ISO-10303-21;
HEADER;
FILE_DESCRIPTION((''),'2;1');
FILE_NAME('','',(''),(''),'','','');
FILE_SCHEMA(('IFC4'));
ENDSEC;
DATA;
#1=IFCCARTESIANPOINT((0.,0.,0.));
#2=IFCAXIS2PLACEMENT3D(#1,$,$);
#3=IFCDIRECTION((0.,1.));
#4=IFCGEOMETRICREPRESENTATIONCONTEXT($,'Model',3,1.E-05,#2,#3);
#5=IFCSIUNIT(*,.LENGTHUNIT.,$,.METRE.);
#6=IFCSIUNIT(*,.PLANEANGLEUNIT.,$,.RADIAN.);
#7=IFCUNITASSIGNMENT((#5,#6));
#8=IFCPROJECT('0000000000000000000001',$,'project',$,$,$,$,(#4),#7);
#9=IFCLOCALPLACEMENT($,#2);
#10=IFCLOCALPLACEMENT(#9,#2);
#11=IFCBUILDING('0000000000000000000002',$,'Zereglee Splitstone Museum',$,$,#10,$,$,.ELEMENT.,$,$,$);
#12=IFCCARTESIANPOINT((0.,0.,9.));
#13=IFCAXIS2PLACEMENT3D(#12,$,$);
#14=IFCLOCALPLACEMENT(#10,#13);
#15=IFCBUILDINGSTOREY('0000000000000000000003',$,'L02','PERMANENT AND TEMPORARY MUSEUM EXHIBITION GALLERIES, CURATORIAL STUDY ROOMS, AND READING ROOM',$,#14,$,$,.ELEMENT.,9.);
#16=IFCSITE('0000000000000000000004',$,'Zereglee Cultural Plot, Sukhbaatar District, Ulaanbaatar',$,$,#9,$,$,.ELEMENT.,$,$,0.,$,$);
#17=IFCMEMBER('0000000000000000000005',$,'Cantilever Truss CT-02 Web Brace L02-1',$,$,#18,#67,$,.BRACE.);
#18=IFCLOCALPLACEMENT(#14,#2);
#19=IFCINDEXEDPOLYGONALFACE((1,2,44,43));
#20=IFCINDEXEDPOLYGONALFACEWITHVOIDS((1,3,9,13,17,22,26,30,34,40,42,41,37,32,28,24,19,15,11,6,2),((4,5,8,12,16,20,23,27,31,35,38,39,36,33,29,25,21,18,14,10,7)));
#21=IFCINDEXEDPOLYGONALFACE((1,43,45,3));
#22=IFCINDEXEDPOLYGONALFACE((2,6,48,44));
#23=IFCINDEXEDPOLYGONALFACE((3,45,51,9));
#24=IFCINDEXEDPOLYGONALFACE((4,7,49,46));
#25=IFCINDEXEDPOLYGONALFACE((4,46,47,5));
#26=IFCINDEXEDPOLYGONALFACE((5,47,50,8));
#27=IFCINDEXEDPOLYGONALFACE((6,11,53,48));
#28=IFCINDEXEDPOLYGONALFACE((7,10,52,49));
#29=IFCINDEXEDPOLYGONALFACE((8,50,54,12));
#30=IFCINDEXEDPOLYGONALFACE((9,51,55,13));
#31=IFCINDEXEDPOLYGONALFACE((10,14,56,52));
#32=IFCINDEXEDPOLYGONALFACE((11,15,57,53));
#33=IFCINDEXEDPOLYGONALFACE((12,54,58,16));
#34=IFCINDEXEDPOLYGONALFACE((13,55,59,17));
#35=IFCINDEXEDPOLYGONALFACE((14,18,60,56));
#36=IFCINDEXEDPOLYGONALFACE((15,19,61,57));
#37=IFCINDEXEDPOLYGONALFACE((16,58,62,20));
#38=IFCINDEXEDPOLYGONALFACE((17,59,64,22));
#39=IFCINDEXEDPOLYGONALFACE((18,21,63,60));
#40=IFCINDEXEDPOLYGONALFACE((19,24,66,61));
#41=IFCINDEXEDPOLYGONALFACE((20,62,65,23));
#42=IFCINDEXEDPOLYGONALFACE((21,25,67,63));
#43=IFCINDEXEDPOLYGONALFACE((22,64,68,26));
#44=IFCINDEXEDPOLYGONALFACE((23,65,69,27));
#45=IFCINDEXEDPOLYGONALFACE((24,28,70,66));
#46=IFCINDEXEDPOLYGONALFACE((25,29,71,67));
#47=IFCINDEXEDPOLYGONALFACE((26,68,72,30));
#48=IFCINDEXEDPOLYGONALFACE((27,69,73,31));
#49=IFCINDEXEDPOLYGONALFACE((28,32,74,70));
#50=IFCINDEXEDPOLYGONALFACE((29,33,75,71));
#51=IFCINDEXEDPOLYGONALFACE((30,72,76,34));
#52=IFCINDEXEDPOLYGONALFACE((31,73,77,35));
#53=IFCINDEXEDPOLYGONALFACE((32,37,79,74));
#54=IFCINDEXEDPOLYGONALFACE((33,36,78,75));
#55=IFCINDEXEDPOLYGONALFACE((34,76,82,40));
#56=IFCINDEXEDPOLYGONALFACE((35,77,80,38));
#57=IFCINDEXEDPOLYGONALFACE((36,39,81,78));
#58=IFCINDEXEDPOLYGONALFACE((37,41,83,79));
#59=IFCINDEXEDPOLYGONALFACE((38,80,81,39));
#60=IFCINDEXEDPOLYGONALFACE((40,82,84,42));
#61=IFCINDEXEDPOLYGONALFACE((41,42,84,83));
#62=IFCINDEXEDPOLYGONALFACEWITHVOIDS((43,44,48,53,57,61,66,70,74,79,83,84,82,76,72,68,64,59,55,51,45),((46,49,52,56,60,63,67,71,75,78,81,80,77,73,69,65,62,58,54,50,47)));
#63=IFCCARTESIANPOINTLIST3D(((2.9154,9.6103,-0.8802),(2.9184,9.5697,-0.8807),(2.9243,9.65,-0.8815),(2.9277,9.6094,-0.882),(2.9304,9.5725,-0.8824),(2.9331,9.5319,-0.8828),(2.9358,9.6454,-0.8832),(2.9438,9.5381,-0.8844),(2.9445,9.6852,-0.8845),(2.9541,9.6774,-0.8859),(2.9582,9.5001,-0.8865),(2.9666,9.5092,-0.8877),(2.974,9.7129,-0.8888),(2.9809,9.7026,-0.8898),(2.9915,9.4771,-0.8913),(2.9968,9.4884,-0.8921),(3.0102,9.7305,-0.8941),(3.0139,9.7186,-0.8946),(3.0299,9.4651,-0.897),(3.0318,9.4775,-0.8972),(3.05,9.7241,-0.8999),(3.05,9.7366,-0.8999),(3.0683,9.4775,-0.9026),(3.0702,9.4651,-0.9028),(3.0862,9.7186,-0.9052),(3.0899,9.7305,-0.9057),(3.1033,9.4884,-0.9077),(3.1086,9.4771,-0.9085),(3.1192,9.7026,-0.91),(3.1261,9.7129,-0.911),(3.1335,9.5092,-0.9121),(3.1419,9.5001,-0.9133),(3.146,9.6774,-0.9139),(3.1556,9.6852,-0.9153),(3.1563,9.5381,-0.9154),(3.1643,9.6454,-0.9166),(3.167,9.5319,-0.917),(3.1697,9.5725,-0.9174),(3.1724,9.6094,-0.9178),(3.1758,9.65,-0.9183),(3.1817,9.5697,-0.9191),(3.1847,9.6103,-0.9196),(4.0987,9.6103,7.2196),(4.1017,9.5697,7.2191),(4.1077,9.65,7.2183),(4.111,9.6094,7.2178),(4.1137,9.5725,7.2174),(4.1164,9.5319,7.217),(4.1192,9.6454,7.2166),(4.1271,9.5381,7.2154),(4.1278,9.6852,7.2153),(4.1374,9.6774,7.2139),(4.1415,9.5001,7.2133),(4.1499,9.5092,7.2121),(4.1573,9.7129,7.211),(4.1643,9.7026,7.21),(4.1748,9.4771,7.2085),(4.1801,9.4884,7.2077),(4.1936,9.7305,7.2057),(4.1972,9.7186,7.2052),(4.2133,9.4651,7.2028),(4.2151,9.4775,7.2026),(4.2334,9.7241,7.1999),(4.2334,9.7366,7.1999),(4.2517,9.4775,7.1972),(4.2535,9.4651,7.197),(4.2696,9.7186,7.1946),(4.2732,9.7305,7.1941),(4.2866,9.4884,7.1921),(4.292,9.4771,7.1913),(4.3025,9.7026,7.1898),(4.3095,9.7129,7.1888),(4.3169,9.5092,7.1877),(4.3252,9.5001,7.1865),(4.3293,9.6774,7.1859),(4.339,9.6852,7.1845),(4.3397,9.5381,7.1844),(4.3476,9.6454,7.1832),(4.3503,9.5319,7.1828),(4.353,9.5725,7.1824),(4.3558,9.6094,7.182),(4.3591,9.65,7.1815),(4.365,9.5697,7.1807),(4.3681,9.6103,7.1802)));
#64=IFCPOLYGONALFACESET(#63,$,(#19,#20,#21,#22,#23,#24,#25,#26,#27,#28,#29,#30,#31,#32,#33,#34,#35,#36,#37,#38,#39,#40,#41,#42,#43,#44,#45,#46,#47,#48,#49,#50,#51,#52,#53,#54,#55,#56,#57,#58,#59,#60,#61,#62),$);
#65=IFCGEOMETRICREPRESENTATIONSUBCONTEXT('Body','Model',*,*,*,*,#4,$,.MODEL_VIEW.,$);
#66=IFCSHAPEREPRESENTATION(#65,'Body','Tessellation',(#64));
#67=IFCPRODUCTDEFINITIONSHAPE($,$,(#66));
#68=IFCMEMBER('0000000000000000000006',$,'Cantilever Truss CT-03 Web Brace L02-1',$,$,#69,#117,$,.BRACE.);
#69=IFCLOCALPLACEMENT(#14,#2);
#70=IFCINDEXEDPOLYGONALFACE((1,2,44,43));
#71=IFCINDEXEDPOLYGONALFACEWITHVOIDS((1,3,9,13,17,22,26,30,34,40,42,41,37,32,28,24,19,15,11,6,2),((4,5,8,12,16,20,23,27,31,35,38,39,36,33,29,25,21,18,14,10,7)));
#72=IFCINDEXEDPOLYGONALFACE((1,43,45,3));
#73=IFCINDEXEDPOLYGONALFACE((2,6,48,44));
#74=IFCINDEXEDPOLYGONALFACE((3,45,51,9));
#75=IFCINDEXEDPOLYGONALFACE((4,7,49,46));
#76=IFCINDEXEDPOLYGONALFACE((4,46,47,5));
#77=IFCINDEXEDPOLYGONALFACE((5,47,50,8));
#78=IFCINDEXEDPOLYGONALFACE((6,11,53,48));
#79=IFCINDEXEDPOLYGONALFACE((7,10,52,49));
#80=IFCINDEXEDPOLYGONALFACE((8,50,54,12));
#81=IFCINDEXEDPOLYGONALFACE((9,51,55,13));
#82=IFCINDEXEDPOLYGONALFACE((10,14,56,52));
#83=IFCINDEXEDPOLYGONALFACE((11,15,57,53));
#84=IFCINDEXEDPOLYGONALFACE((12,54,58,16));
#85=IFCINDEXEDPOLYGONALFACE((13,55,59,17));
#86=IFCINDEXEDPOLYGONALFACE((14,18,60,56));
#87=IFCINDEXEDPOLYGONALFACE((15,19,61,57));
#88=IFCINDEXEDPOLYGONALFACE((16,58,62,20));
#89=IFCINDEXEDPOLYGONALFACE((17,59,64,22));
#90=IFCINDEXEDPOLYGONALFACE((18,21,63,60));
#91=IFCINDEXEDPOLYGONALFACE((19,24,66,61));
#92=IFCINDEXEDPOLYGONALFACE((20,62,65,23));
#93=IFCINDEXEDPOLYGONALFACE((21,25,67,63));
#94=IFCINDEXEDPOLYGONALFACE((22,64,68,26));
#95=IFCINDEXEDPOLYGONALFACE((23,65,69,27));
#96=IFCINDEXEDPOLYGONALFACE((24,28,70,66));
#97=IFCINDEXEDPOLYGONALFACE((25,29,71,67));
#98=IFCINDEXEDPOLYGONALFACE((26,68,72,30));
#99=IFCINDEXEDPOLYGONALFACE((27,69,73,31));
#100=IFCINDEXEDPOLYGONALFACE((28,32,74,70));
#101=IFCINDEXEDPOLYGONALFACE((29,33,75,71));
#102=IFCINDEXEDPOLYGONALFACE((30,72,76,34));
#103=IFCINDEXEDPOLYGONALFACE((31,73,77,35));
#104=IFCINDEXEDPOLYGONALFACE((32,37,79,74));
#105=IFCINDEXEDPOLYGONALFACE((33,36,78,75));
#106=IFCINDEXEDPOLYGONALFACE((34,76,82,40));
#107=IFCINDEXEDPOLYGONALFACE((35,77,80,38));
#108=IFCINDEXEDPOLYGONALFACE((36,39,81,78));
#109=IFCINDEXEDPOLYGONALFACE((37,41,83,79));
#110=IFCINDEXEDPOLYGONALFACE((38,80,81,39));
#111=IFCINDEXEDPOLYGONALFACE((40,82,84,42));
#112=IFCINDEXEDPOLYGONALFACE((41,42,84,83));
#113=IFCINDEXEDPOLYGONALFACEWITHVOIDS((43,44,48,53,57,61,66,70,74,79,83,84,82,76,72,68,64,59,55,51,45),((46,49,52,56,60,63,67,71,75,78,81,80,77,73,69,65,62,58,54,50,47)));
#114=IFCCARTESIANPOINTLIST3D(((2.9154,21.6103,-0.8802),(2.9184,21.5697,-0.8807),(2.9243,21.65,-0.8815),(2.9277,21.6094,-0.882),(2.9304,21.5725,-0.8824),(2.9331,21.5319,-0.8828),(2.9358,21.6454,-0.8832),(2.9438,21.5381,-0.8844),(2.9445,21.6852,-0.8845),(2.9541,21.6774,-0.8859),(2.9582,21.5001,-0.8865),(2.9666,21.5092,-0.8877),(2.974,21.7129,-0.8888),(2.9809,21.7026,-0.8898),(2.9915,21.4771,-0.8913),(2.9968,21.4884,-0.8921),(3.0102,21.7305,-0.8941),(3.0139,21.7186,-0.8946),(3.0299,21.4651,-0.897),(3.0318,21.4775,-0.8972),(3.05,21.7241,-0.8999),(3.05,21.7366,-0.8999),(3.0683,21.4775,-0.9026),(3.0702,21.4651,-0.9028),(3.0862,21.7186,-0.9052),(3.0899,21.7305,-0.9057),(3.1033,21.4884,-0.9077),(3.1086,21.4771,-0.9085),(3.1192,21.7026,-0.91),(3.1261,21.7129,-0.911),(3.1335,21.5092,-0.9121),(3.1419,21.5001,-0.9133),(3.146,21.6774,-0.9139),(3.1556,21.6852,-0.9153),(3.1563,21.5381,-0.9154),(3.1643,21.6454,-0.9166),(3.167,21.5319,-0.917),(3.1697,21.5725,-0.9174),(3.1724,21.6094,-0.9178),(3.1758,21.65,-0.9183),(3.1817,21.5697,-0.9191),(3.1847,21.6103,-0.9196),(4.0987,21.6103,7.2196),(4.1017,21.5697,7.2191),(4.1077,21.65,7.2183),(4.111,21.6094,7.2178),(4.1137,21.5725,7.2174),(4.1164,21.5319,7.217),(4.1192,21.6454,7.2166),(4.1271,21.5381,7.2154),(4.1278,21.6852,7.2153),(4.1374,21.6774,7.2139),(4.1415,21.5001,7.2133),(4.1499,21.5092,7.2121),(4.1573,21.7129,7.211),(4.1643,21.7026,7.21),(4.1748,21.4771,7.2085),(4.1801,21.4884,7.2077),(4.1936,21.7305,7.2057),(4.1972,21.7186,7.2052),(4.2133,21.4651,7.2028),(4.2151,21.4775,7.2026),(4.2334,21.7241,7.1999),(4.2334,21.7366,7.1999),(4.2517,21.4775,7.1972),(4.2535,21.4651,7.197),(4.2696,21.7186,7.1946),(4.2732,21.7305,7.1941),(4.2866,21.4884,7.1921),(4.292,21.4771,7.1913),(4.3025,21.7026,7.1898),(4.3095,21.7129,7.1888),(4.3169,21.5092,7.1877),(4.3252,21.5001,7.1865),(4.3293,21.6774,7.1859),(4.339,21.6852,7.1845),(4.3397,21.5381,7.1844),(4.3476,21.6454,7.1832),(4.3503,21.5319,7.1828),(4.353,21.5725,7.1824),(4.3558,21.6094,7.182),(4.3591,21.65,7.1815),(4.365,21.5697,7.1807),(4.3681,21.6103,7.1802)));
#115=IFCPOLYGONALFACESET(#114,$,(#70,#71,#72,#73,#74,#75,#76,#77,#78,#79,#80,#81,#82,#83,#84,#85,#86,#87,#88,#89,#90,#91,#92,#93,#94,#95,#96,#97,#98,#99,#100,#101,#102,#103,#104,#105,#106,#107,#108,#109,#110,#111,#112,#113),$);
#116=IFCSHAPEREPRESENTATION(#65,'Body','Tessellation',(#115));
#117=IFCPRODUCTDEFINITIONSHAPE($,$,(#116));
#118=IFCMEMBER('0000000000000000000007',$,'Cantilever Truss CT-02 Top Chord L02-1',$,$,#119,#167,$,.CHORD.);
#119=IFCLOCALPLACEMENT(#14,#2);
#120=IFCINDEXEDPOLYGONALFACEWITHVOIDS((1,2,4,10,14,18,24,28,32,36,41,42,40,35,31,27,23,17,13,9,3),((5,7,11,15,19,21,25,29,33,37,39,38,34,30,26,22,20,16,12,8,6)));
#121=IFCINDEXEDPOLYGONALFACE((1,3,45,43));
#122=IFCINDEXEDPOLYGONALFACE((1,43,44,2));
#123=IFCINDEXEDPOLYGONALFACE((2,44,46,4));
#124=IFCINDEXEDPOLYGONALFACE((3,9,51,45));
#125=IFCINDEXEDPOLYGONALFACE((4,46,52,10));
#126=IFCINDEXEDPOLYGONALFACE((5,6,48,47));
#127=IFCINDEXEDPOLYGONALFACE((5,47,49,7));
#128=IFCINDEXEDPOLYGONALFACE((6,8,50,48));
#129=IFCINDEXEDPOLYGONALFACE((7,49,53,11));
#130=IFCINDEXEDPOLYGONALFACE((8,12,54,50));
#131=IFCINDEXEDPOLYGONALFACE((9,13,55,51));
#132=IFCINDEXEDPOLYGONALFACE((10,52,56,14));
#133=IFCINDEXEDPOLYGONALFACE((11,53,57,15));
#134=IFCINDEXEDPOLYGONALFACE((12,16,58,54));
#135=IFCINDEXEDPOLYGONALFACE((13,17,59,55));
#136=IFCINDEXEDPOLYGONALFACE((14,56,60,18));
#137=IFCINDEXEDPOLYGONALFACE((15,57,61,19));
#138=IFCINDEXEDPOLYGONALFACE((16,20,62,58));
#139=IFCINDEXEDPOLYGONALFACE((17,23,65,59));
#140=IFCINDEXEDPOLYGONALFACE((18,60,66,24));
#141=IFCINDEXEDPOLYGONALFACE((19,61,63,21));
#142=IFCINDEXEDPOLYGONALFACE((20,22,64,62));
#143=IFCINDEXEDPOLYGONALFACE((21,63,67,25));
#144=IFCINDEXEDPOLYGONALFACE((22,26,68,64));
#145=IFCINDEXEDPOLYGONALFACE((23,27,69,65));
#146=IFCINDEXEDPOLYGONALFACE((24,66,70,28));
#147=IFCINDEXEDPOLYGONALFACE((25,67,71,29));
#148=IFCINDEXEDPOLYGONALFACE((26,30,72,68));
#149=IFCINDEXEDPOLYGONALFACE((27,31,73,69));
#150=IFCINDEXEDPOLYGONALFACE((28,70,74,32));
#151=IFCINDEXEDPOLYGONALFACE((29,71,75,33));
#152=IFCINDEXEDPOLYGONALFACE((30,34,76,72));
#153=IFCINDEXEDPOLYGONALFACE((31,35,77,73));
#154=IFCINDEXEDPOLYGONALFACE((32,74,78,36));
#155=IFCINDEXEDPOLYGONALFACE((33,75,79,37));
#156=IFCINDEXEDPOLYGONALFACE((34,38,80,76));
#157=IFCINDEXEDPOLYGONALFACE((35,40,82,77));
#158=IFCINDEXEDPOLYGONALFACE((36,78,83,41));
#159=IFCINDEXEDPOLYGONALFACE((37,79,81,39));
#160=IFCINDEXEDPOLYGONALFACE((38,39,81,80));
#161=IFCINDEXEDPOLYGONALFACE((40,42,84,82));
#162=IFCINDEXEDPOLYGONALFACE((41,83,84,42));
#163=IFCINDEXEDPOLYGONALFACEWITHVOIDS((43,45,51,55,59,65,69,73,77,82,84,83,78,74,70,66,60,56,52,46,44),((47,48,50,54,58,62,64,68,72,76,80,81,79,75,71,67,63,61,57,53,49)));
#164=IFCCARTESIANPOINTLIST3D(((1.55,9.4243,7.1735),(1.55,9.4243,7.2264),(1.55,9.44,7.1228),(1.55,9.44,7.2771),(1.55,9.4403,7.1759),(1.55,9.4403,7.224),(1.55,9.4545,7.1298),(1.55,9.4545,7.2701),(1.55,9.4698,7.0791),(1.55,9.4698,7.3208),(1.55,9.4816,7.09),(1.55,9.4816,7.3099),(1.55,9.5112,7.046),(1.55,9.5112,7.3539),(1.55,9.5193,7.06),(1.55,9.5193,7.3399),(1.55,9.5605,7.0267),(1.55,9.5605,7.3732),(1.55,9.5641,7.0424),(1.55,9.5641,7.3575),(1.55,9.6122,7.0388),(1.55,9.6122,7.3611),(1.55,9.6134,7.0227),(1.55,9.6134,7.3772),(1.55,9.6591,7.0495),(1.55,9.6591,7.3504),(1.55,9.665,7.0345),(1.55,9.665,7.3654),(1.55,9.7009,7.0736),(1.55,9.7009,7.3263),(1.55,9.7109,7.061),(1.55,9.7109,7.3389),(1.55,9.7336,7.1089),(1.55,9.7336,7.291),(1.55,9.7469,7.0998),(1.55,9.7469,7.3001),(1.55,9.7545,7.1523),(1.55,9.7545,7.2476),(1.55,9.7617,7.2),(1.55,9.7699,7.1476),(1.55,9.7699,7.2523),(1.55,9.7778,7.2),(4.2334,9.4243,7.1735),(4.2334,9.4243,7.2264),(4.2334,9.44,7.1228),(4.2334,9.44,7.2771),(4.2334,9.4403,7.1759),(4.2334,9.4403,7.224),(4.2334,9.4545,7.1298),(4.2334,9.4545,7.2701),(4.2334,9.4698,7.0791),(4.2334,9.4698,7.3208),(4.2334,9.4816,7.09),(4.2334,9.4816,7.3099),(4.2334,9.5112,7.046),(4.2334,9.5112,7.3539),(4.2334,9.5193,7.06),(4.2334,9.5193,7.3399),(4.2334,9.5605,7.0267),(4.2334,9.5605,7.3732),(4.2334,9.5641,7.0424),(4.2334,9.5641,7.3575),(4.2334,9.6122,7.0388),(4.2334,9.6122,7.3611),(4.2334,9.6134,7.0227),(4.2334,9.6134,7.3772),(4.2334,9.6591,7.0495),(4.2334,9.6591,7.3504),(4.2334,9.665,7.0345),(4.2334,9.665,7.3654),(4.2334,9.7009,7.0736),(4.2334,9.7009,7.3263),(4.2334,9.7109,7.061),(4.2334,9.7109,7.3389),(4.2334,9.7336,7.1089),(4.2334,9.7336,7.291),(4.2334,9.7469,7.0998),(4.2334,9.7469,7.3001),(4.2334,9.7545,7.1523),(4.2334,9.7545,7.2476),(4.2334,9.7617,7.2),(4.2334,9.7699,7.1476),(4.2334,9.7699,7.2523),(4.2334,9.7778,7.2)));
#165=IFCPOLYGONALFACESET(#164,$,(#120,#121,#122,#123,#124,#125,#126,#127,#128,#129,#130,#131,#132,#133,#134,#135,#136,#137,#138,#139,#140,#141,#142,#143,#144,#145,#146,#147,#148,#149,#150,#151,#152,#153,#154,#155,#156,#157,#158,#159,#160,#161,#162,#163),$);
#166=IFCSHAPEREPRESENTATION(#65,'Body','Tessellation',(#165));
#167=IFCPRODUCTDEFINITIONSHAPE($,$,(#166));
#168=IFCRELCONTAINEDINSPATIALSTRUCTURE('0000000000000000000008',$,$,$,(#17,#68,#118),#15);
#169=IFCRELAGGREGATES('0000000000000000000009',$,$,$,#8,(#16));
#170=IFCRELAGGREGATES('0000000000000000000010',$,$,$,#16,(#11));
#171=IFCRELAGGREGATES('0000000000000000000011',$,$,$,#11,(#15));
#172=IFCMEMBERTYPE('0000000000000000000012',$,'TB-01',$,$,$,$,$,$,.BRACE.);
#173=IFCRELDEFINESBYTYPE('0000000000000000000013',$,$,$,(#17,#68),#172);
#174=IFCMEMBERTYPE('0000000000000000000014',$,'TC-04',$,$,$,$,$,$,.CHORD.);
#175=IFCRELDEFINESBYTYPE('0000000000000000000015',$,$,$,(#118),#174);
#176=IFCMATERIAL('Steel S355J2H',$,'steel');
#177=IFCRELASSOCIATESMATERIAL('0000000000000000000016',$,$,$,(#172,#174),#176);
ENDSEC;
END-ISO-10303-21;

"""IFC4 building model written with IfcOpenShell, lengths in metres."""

from ifc_helpers import new_model, si_unit, direction, frame, origin, origin_2d, place, context, subcontext, project, spatial, hollow_circle, extrude, material, material_profile, profile_set, type_object, element, save


model = new_model("IFC4")

# Units and contexts
model_context = context("Model", 3, precision=1e-05, world=origin(), true_north=direction((0.0, 1.0)))
body_context = subcontext(model_context, "Body", "Model", "MODEL_VIEW")
ifc_project = project(units=[si_unit("LENGTHUNIT", "METRE"), si_unit("PLANEANGLEUNIT", "RADIAN")], contexts=[model_context])

# Site, building, storey
site_placement = place(None, origin())
site = spatial("IfcSite", under=ifc_project, at=site_placement, Name="Zereglee Cultural Plot, Sukhbaatar District, Ulaanbaatar", CompositionType="ELEMENT", RefElevation=0.0)
building_placement = place(site_placement, origin())
building = spatial("IfcBuilding", under=site, at=building_placement, Name="Zereglee Splitstone Museum", CompositionType="ELEMENT")
storey_placement = place(building_placement, frame((0.0, 0.0, 9.0)))
storey = spatial("IfcBuildingStorey", under=building, at=storey_placement, Name="L02", Description="PERMANENT AND TEMPORARY MUSEUM EXHIBITION GALLERIES, CURATORIAL STUDY ROOMS, AND READING ROOM", CompositionType="ELEMENT", Elevation=9.0)

# Members
ifc_material_1 = material(Name="Steel S355J2H", Category="steel")
ifc_material_profile_1 = material_profile(ifc_material_1, hollow_circle(Radius=0.1365, WallThickness=0.0125, at=origin_2d()), Name="CHS 273.0x12.5")
ifc_profile_set_1 = profile_set([ifc_material_profile_1], Name="Steel S355J2H")
member_type_1 = type_object("IfcMemberType", Name="TB-01", PredefinedType="BRACE", material=ifc_profile_set_1)
for number, where, z_axis, x_axis, name in (
    (1, (3.05, 9.6001, -0.8999), (0.144561, 0.0, 0.989496), (0.0, 1.0, 0.0), "Cantilever Truss CT-02 Web Brace L02-1"),
    (2, (3.05, 21.6001, -0.8999), (0.144561, 0.0, 0.989496), (0.0, 1.0, 0.0), "Cantilever Truss CT-03 Web Brace L02-1"),
):
    element("IfcMember", number, at=place(storey_placement, frame(where, z_axis=z_axis, x_axis=x_axis)), inside=storey, type_object=member_type_1, Name=name, PredefinedType="BRACE", context=body_context, shape_type="SweptSolid", body=[
        extrude(hollow_circle(Radius=0.1365, WallThickness=0.0125, at=origin_2d()), origin(), (0.0, 0.0, 1.0), 8.1858),
    ])
ifc_material_profile_2 = material_profile(ifc_material_1, hollow_circle(Radius=0.1777, WallThickness=0.0161, at=origin_2d()), Name="CHS 355.6x16")
ifc_profile_set_2 = profile_set([ifc_material_profile_2], Name="Steel S355J2H")
member_type_2 = type_object("IfcMemberType", Name="TC-04", PredefinedType="CHORD", material=ifc_profile_set_2)
for number, where, z_axis, x_axis, name in (
    (3, (1.55, 9.6001, 7.2), (1.0, 0.0, 0.0), (0.0, 1.0, 0.0), "Cantilever Truss CT-02 Top Chord L02-1"),
):
    element("IfcMember", number, at=place(storey_placement, frame(where, z_axis=z_axis, x_axis=x_axis)), inside=storey, type_object=member_type_2, Name=name, PredefinedType="CHORD", context=body_context, shape_type="SweptSolid", body=[
        extrude(hollow_circle(Radius=0.1777, WallThickness=0.0161, at=origin_2d()), origin(), (0.0, 0.0, 1.0), 2.6833),
    ])

save(model, "model.ifc")
